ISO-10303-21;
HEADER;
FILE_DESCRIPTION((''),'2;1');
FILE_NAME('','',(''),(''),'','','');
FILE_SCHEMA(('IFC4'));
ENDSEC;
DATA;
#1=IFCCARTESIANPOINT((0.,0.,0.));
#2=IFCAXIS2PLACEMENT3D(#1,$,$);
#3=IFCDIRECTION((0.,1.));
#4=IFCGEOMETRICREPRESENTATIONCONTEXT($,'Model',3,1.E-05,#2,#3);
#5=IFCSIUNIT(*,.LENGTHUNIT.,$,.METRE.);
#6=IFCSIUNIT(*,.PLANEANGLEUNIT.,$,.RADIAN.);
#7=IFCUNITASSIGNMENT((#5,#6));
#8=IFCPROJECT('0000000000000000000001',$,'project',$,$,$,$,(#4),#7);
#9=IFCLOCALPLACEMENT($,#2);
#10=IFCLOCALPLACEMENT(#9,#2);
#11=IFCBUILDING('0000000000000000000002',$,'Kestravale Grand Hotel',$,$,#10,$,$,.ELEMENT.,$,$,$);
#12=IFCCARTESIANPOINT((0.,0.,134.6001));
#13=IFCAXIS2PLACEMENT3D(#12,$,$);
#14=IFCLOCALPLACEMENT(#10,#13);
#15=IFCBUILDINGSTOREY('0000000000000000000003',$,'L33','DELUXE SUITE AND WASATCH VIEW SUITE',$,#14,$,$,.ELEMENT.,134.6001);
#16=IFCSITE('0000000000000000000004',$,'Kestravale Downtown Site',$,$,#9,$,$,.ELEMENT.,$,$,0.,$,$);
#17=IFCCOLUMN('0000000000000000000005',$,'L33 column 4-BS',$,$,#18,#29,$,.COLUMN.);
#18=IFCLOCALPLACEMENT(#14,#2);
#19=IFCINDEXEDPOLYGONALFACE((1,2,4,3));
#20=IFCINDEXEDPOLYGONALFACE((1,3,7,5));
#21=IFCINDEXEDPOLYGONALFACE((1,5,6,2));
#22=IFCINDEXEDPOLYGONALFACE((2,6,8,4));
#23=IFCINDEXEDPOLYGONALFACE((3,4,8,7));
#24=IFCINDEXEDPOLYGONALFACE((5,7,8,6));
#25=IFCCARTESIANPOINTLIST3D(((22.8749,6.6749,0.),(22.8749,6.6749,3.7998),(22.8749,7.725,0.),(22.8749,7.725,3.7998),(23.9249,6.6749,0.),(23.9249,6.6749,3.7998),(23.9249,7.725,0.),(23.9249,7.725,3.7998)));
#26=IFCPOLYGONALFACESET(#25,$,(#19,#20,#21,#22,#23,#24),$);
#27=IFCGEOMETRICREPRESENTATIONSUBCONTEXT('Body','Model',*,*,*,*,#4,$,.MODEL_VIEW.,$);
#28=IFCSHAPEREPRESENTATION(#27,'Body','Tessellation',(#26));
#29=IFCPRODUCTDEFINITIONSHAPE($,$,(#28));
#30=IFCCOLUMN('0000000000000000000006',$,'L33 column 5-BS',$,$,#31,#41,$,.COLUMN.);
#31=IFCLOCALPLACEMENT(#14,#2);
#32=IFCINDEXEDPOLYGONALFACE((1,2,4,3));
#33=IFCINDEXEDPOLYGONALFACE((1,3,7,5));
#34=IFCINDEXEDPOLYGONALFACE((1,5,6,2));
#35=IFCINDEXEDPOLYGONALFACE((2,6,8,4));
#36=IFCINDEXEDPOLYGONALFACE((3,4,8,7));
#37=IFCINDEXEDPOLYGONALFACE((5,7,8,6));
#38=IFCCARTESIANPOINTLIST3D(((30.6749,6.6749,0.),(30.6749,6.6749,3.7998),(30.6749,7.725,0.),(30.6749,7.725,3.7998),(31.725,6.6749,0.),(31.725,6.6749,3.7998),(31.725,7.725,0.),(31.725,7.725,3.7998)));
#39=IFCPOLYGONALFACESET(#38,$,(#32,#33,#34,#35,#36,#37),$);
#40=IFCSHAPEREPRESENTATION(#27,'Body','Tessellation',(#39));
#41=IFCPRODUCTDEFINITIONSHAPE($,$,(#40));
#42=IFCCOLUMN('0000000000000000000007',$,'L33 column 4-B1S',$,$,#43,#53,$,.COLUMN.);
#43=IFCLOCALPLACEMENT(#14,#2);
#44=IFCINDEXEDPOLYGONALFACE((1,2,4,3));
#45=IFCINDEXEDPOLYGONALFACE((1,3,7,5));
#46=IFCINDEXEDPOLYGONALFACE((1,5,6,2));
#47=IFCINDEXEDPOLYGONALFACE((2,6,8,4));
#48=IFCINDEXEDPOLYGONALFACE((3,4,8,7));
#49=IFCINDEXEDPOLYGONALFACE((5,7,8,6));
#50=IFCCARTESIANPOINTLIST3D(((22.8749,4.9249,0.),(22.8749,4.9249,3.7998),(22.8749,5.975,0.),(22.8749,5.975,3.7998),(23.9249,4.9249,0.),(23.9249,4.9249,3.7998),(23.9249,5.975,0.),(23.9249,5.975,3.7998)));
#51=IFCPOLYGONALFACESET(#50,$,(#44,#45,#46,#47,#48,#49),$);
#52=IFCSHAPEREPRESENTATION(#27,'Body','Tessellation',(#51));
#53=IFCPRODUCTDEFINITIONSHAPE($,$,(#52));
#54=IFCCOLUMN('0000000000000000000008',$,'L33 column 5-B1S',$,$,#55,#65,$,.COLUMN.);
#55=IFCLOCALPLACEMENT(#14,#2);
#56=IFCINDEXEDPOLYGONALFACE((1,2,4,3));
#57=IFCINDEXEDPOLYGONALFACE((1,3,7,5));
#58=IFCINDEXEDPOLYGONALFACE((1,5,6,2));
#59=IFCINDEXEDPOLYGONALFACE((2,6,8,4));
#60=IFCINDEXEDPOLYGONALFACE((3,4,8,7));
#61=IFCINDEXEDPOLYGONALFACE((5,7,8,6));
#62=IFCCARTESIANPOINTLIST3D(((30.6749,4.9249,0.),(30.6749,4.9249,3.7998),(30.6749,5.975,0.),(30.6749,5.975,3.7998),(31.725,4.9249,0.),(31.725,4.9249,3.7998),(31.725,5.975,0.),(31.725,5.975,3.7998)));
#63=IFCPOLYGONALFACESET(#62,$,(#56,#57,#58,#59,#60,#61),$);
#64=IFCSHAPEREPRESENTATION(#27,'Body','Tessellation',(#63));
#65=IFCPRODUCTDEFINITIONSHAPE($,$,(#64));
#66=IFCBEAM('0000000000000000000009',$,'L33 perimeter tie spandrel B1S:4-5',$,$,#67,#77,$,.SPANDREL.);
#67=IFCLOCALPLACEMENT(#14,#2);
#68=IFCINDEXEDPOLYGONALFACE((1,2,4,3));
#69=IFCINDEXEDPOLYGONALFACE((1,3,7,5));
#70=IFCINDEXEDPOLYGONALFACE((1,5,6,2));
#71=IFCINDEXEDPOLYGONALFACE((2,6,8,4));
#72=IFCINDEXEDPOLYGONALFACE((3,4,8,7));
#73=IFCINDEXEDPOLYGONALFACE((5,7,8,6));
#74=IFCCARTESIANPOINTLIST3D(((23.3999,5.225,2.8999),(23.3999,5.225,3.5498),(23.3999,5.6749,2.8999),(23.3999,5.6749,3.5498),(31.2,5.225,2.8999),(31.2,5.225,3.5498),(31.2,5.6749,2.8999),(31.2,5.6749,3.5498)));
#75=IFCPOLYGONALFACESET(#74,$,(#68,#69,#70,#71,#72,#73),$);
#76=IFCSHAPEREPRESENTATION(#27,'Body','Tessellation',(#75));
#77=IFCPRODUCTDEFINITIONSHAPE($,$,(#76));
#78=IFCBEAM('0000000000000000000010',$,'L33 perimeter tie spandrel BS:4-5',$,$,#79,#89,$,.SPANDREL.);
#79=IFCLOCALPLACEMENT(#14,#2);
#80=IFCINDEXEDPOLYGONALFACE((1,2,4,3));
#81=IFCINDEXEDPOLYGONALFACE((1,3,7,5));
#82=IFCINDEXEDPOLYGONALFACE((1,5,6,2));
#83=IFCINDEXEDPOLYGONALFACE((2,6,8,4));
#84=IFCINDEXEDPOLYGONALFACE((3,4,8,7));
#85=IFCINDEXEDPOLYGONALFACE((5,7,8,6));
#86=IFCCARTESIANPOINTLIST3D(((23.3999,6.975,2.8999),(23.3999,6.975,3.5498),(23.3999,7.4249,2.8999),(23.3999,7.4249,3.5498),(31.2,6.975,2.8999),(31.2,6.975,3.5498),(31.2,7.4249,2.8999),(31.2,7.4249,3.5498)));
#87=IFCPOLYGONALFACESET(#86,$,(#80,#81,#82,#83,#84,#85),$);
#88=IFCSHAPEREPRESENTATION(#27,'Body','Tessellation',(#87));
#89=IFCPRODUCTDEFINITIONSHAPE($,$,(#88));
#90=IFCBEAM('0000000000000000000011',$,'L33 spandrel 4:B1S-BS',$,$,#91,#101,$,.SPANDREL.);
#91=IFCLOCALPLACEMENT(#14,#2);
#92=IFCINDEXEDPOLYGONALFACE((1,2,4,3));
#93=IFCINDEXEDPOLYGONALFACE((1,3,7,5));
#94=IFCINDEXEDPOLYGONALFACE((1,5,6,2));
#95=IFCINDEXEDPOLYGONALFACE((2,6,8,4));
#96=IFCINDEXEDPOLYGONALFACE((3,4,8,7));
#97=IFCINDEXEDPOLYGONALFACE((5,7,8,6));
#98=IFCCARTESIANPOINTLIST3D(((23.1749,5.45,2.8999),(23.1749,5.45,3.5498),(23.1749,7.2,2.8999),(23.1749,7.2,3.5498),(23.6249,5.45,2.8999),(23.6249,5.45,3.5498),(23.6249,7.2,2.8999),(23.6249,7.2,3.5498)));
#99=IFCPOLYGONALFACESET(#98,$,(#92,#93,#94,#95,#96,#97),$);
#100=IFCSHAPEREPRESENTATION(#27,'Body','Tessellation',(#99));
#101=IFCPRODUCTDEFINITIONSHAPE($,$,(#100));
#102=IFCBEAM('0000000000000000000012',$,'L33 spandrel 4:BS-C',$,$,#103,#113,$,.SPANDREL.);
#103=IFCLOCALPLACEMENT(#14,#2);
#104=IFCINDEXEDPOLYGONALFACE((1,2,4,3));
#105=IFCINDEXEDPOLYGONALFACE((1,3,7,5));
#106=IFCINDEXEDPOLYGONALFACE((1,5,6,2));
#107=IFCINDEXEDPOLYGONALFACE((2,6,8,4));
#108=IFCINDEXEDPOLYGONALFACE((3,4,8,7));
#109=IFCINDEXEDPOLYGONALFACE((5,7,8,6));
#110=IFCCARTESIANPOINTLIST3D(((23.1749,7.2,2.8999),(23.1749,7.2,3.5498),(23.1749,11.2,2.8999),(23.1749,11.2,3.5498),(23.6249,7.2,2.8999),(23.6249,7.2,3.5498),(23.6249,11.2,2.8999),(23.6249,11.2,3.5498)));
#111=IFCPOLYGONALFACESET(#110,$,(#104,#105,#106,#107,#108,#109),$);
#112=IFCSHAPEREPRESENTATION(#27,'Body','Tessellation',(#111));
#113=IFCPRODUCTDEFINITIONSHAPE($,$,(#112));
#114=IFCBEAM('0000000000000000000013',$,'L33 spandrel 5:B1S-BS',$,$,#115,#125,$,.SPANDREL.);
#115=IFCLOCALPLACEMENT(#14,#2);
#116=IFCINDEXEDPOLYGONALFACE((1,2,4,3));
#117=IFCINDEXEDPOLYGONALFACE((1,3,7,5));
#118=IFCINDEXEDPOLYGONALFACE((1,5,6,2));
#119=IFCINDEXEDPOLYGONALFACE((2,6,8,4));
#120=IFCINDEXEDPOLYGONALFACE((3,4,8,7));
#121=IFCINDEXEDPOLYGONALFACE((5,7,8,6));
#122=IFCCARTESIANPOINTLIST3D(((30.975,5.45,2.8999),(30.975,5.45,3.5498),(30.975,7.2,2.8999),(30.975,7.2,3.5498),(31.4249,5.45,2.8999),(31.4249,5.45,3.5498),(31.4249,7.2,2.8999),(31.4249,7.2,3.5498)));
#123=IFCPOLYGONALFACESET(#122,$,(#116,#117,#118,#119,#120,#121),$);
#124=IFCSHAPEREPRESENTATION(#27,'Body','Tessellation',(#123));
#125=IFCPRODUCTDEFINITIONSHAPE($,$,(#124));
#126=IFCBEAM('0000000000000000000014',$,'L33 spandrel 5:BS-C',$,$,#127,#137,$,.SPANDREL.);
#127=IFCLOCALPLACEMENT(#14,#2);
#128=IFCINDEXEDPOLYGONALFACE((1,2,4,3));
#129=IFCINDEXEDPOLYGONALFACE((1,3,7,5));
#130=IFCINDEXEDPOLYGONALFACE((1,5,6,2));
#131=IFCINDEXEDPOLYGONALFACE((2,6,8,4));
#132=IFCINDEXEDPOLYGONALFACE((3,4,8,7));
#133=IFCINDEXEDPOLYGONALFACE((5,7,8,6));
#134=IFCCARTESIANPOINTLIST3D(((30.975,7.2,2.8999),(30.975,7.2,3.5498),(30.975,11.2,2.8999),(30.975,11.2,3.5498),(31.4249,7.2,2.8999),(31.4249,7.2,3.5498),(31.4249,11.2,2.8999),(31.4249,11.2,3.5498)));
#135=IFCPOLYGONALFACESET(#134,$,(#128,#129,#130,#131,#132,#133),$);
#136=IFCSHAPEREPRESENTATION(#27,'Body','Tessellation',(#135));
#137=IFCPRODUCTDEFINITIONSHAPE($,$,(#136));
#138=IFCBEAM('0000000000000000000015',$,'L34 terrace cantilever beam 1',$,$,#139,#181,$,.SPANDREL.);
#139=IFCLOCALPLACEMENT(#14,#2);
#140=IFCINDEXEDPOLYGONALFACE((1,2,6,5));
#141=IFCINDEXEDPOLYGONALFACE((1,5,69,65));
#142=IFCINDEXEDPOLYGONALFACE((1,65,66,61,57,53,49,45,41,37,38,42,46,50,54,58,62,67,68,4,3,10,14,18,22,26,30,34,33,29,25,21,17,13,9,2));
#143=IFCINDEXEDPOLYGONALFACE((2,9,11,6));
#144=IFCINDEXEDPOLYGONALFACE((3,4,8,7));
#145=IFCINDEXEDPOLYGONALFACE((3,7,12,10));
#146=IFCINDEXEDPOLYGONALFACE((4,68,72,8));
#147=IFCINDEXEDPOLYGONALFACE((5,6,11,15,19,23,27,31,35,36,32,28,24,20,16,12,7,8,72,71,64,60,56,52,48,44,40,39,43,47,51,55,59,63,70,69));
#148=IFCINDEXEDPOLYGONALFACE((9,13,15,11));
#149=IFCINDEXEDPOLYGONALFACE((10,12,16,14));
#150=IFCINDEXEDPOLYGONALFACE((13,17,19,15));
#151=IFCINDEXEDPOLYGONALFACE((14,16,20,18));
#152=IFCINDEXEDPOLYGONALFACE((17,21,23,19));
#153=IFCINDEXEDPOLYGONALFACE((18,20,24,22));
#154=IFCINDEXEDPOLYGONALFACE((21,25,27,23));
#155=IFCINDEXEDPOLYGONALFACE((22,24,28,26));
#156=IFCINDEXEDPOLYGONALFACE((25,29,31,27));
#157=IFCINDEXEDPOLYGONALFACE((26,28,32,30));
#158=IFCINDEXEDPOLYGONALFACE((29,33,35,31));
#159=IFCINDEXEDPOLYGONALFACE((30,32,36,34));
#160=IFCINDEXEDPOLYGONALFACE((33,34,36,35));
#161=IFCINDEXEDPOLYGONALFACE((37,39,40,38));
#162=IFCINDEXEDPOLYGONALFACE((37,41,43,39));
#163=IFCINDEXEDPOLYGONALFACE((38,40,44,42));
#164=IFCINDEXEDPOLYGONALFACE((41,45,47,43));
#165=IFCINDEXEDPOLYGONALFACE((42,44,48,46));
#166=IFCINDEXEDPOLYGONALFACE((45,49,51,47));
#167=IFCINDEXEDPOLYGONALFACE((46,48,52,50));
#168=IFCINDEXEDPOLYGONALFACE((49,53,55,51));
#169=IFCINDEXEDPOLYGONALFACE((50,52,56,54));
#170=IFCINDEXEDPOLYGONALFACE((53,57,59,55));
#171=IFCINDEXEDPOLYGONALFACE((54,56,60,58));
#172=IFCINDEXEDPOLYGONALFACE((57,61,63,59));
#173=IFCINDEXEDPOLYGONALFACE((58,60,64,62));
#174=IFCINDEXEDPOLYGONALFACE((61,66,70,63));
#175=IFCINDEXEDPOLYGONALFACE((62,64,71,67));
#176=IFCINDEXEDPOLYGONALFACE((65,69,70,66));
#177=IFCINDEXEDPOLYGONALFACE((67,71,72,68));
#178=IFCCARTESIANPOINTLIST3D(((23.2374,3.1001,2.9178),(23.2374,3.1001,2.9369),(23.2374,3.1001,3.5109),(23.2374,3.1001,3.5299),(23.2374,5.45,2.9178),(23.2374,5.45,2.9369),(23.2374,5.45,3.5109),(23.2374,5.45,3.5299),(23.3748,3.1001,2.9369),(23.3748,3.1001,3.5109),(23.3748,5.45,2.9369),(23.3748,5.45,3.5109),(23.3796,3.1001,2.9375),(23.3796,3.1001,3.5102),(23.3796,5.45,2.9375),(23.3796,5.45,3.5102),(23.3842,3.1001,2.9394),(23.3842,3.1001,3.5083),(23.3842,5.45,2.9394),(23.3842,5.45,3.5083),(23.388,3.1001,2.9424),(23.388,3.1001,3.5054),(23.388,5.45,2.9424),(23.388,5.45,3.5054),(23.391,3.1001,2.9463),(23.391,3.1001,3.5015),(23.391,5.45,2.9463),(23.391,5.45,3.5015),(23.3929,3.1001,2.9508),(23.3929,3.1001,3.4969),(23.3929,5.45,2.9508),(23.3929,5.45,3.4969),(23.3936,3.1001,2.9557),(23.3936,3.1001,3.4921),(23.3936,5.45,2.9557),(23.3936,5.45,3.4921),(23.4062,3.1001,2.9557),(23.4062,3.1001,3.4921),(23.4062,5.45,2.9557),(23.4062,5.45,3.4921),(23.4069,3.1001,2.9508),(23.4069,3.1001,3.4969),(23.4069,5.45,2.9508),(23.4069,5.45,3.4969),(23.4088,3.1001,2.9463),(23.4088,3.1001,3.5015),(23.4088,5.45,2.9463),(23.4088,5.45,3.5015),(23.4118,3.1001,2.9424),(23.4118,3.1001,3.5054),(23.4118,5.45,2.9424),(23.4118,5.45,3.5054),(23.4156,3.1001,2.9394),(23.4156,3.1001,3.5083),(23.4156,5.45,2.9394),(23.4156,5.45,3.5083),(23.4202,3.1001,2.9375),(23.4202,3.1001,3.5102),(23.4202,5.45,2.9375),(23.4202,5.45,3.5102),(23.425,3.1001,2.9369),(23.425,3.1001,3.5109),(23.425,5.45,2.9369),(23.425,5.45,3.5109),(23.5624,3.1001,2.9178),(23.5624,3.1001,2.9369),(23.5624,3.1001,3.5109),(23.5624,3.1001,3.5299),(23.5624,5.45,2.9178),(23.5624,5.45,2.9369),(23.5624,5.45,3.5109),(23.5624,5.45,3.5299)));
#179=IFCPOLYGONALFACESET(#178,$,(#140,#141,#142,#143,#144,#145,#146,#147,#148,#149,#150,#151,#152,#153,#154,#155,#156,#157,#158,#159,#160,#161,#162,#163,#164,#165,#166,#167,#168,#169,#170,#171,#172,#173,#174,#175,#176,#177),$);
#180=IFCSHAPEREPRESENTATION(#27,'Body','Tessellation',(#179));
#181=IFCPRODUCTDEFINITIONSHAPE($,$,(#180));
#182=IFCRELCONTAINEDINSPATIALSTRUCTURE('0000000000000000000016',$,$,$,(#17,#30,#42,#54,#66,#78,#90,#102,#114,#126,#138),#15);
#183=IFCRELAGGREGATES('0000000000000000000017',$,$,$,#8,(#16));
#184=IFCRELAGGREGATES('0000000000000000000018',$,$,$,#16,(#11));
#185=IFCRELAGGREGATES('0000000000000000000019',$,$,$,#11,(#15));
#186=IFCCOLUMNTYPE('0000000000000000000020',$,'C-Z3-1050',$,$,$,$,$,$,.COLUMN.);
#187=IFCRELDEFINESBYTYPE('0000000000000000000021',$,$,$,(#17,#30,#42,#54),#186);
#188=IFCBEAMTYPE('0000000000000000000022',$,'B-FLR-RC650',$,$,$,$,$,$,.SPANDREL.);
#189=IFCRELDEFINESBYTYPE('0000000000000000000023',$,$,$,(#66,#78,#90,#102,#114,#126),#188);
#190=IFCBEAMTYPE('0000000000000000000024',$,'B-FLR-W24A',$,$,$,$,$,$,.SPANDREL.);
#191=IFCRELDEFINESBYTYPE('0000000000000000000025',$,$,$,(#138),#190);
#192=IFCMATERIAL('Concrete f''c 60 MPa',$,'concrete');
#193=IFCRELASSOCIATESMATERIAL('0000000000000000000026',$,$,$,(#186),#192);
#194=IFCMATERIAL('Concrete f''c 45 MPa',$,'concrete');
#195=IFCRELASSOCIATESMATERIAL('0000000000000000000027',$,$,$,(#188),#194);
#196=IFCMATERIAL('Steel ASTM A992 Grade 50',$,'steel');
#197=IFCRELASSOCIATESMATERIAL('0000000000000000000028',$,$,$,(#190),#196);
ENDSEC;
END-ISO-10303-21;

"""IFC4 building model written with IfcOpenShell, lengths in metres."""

from ifc_helpers import new_model, si_unit, direction, frame, origin, origin_2d, place, context, subcontext, project, spatial, rectangle, i_section, extrude, material, material_profile, profile_set, type_object, element, save


model = new_model("IFC4")

# Units and contexts
model_context = context("Model", 3, precision=1e-05, world=origin(), true_north=direction((0.0, 1.0)))
body_context = subcontext(model_context, "Body", "Model", "MODEL_VIEW")
ifc_project = project(units=[si_unit("LENGTHUNIT", "METRE"), si_unit("PLANEANGLEUNIT", "RADIAN")], contexts=[model_context])

# Site, building, storey
site_placement = place(None, origin())
site = spatial("IfcSite", under=ifc_project, at=site_placement, Name="Kestravale Downtown Site", CompositionType="ELEMENT", RefElevation=0.0)
building_placement = place(site_placement, origin())
building = spatial("IfcBuilding", under=site, at=building_placement, Name="Kestravale Grand Hotel", CompositionType="ELEMENT")
storey_placement = place(building_placement, frame((0.0, 0.0, 134.6001)))
storey = spatial("IfcBuildingStorey", under=building, at=storey_placement, Name="L33", Description="DELUXE SUITE AND WASATCH VIEW SUITE", CompositionType="ELEMENT", Elevation=134.6001)

# Columns
ifc_material_1 = material(Name="Concrete f'c 60 MPa", Category="concrete")
ifc_material_profile_1 = material_profile(ifc_material_1, rectangle(XDim=1.05, YDim=1.05, at=origin_2d()))
ifc_profile_set_1 = profile_set([ifc_material_profile_1], Name="Concrete f'c 60 MPa")
column_type = type_object("IfcColumnType", Name="C-Z3-1050", PredefinedType="COLUMN", material=ifc_profile_set_1)
for number, where, z_axis, x_axis, name in (
    (1, (23.3999, 7.2, 0.0), (0.0, 0.0, 1.0), (1.0, 0.0, 0.0), "L33 column 4-BS"),
    (2, (31.2, 7.2, 0.0), (0.0, 0.0, 1.0), (1.0, 0.0, 0.0), "L33 column 5-BS"),
    (3, (23.3999, 5.45, 0.0), (0.0, 0.0, 1.0), (1.0, 0.0, 0.0), "L33 column 4-B1S"),
    (4, (31.2, 5.45, 0.0), (0.0, 0.0, 1.0), (1.0, 0.0, 0.0), "L33 column 5-B1S"),
):
    element("IfcColumn", number, at=place(storey_placement, frame(where, z_axis=z_axis, x_axis=x_axis)), inside=storey, type_object=column_type, Name=name, PredefinedType="COLUMN", context=body_context, shape_type="SweptSolid", body=[
        extrude(rectangle(XDim=1.05, YDim=1.05, at=origin_2d()), origin(), (0.0, 0.0, 1.0), 3.7998),
    ])

# Beams
ifc_material_2 = material(Name="Concrete f'c 45 MPa", Category="concrete")
ifc_material_profile_2 = material_profile(ifc_material_2, rectangle(XDim=0.45, YDim=0.6499, at=origin_2d()))
ifc_profile_set_2 = profile_set([ifc_material_profile_2], Name="Concrete f'c 45 MPa")
beam_type_1 = type_object("IfcBeamType", Name="B-FLR-RC650", PredefinedType="SPANDREL", material=ifc_profile_set_2)
for number, where, z_axis, x_axis, name in (
    (5, (23.3999, 5.45, 3.2249), (1.0, 0.0, 0.0), (0.0, 1.0, 0.0), "L33 perimeter tie spandrel B1S:4-5"),
    (6, (23.3999, 7.2, 3.2249), (1.0, 0.0, 0.0), (0.0, 1.0, 0.0), "L33 perimeter tie spandrel BS:4-5"),
):
    element("IfcBeam", number, at=place(storey_placement, frame(where, z_axis=z_axis, x_axis=x_axis)), inside=storey, type_object=beam_type_1, Name=name, PredefinedType="SPANDREL", context=body_context, shape_type="SweptSolid", body=[
        extrude(rectangle(XDim=0.45, YDim=0.6499, at=origin_2d()), origin(), (0.0, 0.0, 1.0), 7.8),
    ])
beam_1_placement = place(storey_placement, frame((23.3999, 5.45, 3.2249), z_axis=(0.0, 1.0, 0.0), x_axis=(-1.0, 0.0, 0.0)))
element("IfcBeam", 7, at=beam_1_placement, inside=storey, type_object=beam_type_1, Name="L33 spandrel 4:B1S-BS", PredefinedType="SPANDREL", context=body_context, shape_type="SweptSolid", body=[
    extrude(rectangle(XDim=0.45, YDim=0.6499, at=origin_2d()), origin(), (0.0, 0.0, 1.0), 1.75),
])
beam_2_placement = place(storey_placement, frame((23.3999, 7.2, 3.2249), z_axis=(0.0, 1.0, 0.0), x_axis=(-1.0, 0.0, 0.0)))
element("IfcBeam", 8, at=beam_2_placement, inside=storey, type_object=beam_type_1, Name="L33 spandrel 4:BS-C", PredefinedType="SPANDREL", context=body_context, shape_type="SweptSolid", body=[
    extrude(rectangle(XDim=0.45, YDim=0.6499, at=origin_2d()), origin(), (0.0, 0.0, 1.0), 4.0),
])
beam_3_placement = place(storey_placement, frame((31.2, 5.45, 3.2249), z_axis=(0.0, 1.0, 0.0), x_axis=(-1.0, 0.0, 0.0)))
element("IfcBeam", 9, at=beam_3_placement, inside=storey, type_object=beam_type_1, Name="L33 spandrel 5:B1S-BS", PredefinedType="SPANDREL", context=body_context, shape_type="SweptSolid", body=[
    extrude(rectangle(XDim=0.45, YDim=0.6499, at=origin_2d()), origin(), (0.0, 0.0, 1.0), 1.75),
])
beam_4_placement = place(storey_placement, frame((31.2, 7.2, 3.2249), z_axis=(0.0, 1.0, 0.0), x_axis=(-1.0, 0.0, 0.0)))
element("IfcBeam", 10, at=beam_4_placement, inside=storey, type_object=beam_type_1, Name="L33 spandrel 5:BS-C", PredefinedType="SPANDREL", context=body_context, shape_type="SweptSolid", body=[
    extrude(rectangle(XDim=0.45, YDim=0.6499, at=origin_2d()), origin(), (0.0, 0.0, 1.0), 4.0),
])
ifc_material_3 = material(Name="Steel ASTM A992 Grade 50", Category="steel")
ifc_material_profile_3 = material_profile(ifc_material_3, i_section(OverallWidth=0.325, OverallDepth=0.6121, WebThickness=0.0127, FlangeThickness=0.019, FilletRadius=0.0188, at=origin_2d()))
ifc_profile_set_3 = profile_set([ifc_material_profile_3], Name="Steel ASTM A992 Grade 50")
beam_type_2 = type_object("IfcBeamType", Name="B-FLR-W24A", PredefinedType="SPANDREL", material=ifc_profile_set_3)
for number, where, z_axis, x_axis, name in (
    (11, (23.3999, 5.45, 3.2239), (0.0, -1.0, 0.0), (1.0, 0.0, 0.0), "L34 terrace cantilever beam 1"),
):
    element("IfcBeam", number, at=place(storey_placement, frame(where, z_axis=z_axis, x_axis=x_axis)), inside=storey, type_object=beam_type_2, Name=name, PredefinedType="SPANDREL", context=body_context, shape_type="SweptSolid", body=[
        extrude(i_section(OverallWidth=0.325, OverallDepth=0.6121, WebThickness=0.0127, FlangeThickness=0.019, FilletRadius=0.0188, at=origin_2d()), origin(), (0.0, 0.0, 1.0), 2.3499),
    ])

save(model, "model.ifc")
